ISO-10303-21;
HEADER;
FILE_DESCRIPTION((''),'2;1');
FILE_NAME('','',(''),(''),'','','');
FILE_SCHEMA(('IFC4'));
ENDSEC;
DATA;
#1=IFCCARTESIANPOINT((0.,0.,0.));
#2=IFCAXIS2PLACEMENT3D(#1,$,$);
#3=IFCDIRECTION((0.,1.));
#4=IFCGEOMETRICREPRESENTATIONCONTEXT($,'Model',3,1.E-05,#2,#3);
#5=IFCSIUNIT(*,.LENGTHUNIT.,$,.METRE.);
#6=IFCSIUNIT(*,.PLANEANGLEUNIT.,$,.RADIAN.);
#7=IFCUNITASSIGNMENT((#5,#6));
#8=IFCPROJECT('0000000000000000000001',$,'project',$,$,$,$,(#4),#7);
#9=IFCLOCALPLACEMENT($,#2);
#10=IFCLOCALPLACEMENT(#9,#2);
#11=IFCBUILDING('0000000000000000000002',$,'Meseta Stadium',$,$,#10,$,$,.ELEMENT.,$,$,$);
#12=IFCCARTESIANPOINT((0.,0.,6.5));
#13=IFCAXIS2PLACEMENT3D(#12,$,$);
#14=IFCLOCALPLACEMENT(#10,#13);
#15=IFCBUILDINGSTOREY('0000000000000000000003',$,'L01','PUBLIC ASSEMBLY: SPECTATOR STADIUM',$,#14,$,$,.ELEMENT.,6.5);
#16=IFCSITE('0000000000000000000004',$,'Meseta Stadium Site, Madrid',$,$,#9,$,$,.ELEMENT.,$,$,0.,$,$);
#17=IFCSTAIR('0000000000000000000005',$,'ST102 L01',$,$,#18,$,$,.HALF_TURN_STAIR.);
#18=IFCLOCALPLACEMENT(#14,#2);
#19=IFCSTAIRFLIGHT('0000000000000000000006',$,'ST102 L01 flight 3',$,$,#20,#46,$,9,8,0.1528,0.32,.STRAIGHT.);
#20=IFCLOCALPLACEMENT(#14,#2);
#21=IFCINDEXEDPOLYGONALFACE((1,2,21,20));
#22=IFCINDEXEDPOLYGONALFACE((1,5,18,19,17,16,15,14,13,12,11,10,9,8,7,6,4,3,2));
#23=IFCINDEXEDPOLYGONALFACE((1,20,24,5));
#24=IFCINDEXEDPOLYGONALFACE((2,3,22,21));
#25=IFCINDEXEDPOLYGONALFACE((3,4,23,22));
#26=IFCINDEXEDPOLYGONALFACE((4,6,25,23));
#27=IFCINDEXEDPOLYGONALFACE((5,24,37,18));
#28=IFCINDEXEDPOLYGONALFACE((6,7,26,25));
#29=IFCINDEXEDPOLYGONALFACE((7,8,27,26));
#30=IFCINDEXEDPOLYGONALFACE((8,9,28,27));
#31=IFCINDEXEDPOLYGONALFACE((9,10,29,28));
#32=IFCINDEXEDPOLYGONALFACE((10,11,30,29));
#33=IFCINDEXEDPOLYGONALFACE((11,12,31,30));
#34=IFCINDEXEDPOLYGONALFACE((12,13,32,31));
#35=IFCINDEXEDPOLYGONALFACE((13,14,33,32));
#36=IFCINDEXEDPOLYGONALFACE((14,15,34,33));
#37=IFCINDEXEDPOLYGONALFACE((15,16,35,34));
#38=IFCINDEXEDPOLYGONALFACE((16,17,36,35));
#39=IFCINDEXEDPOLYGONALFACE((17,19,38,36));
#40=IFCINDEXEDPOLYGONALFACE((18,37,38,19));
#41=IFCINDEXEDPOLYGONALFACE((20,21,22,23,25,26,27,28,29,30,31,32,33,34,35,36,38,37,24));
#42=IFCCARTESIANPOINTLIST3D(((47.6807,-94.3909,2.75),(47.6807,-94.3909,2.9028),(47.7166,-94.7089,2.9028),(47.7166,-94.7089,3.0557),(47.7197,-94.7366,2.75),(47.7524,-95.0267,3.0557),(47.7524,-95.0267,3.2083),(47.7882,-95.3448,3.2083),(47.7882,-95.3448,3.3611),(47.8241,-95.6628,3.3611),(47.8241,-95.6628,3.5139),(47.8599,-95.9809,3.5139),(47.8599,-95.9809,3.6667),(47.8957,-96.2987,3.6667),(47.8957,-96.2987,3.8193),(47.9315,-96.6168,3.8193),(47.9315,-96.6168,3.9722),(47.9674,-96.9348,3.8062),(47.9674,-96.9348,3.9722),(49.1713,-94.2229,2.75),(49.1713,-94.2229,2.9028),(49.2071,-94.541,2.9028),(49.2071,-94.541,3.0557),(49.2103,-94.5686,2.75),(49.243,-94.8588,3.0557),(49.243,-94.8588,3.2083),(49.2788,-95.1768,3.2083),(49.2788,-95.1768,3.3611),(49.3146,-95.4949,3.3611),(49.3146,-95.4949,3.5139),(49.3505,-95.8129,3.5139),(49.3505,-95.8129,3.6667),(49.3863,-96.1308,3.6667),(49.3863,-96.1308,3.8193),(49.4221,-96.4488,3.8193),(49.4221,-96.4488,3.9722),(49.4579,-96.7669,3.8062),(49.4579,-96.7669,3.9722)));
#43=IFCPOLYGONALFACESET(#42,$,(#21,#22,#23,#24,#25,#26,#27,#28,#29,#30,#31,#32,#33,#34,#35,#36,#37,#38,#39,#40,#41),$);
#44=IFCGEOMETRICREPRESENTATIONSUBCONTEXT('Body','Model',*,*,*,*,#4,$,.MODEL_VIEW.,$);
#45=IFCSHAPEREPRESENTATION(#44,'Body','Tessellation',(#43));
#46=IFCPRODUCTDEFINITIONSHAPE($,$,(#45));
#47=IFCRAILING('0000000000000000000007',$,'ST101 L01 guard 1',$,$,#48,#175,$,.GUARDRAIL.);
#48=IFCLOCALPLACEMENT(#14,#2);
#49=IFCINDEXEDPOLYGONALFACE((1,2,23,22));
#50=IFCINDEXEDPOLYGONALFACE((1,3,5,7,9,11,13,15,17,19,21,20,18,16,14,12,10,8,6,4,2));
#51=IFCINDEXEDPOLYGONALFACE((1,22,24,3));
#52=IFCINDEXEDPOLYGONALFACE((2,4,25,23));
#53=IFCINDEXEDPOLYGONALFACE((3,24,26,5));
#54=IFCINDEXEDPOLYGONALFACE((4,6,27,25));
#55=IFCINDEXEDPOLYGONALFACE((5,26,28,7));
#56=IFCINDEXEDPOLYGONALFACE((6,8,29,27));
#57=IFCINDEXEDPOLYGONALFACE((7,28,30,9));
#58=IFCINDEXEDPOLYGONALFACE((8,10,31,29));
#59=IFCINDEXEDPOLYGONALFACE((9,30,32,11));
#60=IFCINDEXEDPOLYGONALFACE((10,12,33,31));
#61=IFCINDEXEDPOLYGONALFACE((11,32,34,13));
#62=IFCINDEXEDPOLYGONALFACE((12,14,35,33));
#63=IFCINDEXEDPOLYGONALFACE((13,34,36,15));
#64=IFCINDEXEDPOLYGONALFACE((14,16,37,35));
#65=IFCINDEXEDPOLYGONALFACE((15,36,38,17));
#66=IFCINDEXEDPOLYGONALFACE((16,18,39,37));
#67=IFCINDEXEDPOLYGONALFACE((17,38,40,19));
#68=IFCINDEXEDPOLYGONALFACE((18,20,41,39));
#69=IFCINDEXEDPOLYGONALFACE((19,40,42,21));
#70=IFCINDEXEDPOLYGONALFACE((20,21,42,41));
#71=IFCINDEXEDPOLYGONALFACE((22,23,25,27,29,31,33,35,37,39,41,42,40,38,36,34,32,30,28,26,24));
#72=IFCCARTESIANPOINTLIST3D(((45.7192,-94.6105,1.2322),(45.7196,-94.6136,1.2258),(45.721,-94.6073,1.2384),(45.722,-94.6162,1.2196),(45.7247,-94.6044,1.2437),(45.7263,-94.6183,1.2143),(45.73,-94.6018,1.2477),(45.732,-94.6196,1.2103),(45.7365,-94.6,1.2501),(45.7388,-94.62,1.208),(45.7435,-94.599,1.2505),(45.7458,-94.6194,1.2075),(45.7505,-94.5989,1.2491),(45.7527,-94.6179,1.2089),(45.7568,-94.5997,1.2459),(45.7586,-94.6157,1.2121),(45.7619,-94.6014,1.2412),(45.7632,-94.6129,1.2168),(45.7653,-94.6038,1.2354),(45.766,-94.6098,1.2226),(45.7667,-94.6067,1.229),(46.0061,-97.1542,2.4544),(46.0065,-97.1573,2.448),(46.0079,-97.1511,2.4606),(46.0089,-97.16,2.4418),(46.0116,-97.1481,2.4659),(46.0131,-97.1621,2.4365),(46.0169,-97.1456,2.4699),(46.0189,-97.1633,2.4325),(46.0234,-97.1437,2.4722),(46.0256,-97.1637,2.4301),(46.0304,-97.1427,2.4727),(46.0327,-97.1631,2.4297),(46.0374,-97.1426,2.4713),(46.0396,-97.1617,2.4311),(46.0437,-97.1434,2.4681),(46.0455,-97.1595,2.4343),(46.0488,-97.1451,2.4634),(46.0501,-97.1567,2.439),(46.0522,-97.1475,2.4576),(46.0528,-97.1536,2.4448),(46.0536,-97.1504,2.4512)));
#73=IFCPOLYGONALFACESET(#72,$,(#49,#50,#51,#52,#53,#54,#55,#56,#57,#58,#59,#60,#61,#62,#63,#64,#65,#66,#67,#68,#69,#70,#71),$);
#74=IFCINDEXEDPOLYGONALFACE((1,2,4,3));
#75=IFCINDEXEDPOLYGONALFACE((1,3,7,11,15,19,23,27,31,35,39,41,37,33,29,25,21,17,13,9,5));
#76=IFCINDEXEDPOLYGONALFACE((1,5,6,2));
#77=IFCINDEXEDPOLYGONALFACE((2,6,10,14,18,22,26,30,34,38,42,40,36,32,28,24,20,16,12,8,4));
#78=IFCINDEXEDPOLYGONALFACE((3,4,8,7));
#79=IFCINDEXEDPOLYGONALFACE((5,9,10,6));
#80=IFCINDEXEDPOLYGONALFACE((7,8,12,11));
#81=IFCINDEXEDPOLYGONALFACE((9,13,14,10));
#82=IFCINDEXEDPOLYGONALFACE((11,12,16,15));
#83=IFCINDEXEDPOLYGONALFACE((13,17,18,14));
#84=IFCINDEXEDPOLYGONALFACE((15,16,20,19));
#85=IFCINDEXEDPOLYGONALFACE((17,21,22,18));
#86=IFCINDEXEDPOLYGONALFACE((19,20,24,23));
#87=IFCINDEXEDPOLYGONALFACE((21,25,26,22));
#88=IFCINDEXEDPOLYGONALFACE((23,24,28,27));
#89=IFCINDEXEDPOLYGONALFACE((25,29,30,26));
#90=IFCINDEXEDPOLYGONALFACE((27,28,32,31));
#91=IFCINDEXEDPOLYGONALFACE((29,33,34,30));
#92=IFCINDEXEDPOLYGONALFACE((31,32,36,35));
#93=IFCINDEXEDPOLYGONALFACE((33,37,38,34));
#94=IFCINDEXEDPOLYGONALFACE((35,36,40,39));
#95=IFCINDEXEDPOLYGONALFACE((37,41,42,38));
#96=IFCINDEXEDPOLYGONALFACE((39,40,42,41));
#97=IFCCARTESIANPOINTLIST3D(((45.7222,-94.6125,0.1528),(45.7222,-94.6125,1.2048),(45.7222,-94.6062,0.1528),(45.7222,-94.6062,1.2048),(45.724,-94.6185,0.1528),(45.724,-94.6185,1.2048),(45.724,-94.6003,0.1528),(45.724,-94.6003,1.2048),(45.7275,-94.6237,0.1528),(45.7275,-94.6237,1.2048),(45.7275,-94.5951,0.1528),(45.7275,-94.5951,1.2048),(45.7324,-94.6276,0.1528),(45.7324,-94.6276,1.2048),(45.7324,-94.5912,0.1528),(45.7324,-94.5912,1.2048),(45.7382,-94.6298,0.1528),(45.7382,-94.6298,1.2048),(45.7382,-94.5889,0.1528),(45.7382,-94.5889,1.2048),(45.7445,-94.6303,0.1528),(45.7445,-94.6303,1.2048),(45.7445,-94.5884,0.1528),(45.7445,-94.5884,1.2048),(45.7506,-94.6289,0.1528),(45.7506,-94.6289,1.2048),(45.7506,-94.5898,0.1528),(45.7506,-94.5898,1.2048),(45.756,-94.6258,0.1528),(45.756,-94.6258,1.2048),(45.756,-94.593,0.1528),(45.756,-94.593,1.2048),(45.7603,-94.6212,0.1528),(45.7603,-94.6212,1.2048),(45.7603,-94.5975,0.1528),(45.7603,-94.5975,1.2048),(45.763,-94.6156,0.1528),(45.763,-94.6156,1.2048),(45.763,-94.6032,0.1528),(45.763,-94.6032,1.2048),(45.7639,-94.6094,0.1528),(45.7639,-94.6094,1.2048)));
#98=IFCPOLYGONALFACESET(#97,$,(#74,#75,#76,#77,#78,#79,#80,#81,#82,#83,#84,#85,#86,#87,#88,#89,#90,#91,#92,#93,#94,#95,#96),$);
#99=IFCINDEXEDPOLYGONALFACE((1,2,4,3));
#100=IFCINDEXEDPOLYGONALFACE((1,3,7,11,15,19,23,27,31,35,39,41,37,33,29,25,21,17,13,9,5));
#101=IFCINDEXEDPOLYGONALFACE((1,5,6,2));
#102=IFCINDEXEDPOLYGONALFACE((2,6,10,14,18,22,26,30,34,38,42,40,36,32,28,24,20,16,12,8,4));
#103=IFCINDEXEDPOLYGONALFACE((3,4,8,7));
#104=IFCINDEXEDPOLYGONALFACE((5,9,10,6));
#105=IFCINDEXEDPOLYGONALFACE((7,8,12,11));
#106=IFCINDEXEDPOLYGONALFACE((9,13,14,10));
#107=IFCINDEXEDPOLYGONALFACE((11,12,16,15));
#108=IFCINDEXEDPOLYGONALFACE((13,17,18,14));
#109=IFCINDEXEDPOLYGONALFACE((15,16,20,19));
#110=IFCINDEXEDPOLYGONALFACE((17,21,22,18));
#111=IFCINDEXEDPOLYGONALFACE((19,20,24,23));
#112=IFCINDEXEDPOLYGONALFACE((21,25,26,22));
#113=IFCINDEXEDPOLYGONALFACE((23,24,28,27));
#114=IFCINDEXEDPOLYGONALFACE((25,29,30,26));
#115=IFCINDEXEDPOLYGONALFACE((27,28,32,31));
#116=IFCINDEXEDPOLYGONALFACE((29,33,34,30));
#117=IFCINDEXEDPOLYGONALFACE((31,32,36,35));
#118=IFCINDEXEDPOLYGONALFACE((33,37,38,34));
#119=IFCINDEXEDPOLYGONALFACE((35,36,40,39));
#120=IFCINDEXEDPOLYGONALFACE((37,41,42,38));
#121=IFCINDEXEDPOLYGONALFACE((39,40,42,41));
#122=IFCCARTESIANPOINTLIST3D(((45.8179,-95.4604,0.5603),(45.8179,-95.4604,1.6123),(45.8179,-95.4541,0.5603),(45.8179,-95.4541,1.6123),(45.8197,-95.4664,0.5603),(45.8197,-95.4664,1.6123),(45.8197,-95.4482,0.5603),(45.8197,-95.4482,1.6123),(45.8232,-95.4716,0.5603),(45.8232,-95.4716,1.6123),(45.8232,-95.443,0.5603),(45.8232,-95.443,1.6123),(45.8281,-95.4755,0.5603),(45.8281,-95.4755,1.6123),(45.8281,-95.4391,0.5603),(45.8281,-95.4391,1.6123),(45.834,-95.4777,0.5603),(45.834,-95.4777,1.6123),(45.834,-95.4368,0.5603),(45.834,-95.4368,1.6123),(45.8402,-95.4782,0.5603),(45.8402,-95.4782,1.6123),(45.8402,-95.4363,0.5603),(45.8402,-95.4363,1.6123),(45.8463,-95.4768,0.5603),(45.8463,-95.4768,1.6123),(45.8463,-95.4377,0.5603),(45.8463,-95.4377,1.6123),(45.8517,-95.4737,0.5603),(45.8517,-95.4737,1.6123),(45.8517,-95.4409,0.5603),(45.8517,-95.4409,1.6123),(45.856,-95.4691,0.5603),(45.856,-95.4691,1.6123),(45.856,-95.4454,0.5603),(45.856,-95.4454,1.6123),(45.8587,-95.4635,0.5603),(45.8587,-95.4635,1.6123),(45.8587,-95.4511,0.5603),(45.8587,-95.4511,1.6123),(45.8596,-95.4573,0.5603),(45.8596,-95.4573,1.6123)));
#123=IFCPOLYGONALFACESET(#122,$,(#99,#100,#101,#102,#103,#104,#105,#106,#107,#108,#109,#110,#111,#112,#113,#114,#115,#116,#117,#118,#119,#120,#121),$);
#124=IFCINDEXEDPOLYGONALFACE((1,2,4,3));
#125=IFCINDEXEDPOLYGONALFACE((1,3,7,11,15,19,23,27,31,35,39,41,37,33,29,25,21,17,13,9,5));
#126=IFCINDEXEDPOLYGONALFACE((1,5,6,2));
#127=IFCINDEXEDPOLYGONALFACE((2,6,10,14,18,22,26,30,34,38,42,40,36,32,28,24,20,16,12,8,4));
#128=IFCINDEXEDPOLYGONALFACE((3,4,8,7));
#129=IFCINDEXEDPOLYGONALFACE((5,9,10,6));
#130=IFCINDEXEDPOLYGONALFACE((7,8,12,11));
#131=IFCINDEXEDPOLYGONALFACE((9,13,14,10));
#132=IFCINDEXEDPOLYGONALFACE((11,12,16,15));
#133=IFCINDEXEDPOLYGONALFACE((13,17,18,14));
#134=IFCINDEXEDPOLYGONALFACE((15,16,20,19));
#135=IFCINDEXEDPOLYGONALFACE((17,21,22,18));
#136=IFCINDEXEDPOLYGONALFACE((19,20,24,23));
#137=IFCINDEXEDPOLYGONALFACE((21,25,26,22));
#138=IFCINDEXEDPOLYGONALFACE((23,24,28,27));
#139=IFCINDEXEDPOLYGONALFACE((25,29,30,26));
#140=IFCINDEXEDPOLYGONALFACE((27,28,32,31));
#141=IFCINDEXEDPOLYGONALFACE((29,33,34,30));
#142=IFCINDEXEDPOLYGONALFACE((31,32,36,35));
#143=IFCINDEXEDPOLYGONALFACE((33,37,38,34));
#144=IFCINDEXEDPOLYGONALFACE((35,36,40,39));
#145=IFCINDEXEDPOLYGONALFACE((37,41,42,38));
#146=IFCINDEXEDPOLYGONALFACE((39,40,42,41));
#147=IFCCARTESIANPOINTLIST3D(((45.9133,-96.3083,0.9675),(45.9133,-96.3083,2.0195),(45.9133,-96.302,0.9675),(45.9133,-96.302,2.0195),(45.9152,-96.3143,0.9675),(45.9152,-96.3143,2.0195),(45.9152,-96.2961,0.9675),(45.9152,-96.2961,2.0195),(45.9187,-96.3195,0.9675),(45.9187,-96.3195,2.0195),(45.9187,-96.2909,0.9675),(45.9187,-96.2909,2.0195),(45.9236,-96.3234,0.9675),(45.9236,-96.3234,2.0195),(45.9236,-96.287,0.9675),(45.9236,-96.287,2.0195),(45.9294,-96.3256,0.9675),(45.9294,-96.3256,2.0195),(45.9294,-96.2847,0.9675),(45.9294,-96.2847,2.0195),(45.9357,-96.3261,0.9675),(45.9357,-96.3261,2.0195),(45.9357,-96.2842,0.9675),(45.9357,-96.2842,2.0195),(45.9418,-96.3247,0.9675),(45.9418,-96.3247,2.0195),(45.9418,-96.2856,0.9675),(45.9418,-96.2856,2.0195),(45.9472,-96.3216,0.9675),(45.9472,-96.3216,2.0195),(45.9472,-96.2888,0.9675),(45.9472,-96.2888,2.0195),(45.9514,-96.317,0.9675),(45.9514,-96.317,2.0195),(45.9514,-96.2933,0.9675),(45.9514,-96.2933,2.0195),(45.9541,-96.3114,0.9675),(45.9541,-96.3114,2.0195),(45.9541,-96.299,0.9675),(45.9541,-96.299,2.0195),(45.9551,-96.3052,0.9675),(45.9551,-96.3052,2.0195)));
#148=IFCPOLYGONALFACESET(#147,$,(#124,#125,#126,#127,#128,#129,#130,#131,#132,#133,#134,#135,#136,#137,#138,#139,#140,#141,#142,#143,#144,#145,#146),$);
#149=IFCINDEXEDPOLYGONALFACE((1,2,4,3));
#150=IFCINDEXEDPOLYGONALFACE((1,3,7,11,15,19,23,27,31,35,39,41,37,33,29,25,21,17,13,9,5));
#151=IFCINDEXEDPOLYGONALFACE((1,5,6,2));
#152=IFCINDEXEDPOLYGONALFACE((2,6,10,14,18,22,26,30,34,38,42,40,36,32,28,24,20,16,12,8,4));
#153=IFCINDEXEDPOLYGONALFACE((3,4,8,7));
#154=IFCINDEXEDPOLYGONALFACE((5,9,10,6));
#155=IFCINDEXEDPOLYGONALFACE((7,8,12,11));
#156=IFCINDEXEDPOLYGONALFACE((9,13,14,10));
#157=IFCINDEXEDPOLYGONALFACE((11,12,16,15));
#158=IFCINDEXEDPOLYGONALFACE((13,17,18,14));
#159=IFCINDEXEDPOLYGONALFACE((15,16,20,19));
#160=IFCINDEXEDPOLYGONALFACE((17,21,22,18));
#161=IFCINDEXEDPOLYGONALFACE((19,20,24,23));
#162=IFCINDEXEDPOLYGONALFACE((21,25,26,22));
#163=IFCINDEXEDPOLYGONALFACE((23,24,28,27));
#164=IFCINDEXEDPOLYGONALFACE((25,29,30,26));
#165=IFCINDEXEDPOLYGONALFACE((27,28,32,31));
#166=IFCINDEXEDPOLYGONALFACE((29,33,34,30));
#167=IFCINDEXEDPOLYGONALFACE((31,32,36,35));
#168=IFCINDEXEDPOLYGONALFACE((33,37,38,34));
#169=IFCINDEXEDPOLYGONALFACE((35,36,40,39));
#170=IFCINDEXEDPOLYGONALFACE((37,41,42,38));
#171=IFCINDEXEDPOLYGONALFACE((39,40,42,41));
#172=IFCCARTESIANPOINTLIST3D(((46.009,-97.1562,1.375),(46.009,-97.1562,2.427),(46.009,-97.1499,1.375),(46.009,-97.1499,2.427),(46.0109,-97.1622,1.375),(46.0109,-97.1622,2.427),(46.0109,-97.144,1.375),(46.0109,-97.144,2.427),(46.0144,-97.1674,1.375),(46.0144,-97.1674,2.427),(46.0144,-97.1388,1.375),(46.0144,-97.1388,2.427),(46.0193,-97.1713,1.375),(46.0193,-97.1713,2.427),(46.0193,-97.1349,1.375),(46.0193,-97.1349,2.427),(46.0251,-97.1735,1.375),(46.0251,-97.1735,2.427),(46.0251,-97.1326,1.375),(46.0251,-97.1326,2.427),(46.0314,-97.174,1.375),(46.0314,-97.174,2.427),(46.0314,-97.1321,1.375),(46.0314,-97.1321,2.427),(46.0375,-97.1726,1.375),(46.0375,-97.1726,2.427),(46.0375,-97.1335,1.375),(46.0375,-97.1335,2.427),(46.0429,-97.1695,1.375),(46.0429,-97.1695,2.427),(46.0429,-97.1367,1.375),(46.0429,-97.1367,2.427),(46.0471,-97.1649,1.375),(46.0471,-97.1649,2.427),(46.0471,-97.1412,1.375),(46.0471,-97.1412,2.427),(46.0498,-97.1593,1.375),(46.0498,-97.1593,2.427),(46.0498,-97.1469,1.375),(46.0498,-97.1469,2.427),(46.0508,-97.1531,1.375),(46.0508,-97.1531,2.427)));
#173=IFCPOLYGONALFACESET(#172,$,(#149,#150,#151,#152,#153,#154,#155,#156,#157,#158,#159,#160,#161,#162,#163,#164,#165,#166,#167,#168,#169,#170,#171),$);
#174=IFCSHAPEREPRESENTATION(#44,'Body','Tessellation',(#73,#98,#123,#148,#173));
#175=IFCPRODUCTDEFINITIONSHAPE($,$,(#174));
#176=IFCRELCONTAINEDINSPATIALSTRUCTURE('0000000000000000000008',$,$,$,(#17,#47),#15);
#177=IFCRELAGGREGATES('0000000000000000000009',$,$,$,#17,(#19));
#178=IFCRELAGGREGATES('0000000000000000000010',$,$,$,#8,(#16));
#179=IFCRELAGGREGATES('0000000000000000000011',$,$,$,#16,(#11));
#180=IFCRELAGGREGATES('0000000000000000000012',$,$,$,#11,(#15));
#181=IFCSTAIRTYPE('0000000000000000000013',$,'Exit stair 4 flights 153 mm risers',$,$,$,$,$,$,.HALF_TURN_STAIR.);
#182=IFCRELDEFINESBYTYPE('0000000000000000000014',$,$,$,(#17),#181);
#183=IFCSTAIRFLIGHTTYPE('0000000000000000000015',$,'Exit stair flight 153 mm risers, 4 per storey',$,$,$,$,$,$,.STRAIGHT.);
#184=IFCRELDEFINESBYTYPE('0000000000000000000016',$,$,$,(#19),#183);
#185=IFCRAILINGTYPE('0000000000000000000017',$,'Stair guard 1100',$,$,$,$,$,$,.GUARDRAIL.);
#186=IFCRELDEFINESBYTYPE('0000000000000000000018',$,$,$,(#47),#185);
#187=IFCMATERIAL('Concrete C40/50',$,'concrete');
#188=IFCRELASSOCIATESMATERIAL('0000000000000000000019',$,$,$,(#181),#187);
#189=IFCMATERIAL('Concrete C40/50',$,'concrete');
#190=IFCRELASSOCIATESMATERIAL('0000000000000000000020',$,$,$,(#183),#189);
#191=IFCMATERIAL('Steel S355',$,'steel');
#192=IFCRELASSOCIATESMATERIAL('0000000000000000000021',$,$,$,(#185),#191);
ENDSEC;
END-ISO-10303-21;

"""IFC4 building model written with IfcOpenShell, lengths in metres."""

from ifc_helpers import new_model, si_unit, direction, frame, origin, origin_2d, place, context, subcontext, project, spatial, polyline, circle, outline, extrude, material, type_object, element, aggregate, save


model = new_model("IFC4")

# Units and contexts
model_context = context("Model", 3, precision=1e-05, world=origin(), true_north=direction((0.0, 1.0)))
body_context = subcontext(model_context, "Body", "Model", "MODEL_VIEW")
ifc_project = project(units=[si_unit("LENGTHUNIT", "METRE"), si_unit("PLANEANGLEUNIT", "RADIAN")], contexts=[model_context])

# Site, building, storey
site_placement = place(None, origin())
site = spatial("IfcSite", under=ifc_project, at=site_placement, Name="Meseta Stadium Site, Madrid", CompositionType="ELEMENT", RefElevation=0.0)
building_placement = place(site_placement, origin())
building = spatial("IfcBuilding", under=site, at=building_placement, Name="Meseta Stadium", CompositionType="ELEMENT")
storey_placement = place(building_placement, frame((0.0, 0.0, 6.5)))
storey = spatial("IfcBuildingStorey", under=building, at=storey_placement, Name="L01", Description="PUBLIC ASSEMBLY: SPECTATOR STADIUM", CompositionType="ELEMENT", Elevation=6.5)

# Stair, stair flight
ifc_material_1 = material(Name="Concrete C40/50", Category="concrete")
stair_type = type_object("IfcStairType", Name="Exit stair 4 flights 153 mm risers", PredefinedType="HALF_TURN_STAIR", material=ifc_material_1)
ifc_material_2 = material(Name="Concrete C40/50", Category="concrete")
stair_flight_type = type_object("IfcStairFlightType", Name="Exit stair flight 153 mm risers, 4 per storey", PredefinedType="STRAIGHT", material=ifc_material_2)
stair_1_placement = place(storey_placement, origin())
stair_1 = element("IfcStair", 1, at=stair_1_placement, inside=storey, type_object=stair_type, Name="ST102 L01", PredefinedType="HALF_TURN_STAIR")
stair_flight_1_placement = place(storey_placement, frame((48.426, -94.3069, 2.75), z_axis=(0.0, 0.0, 1.0), x_axis=(0.111964, -0.993712, 0.0)))
stair_flight_1 = element("IfcStairFlight", 2, at=stair_flight_1_placement, type_object=stair_flight_type, Name="ST102 L01 flight 3", NumberOfRisers=9, NumberOfTreads=8, PredefinedType="STRAIGHT", RiserHeight=0.1528, TreadLength=0.32, context=body_context, shape_type="SweptSolid", body=[
    extrude(outline(polyline([(0.0, 0.0), (0.0, 0.1528), (0.3201, 0.1528), (0.3201, 0.3057), (0.6399, 0.3057), (0.6399, 0.4583), (0.96, 0.4583), (0.96, 0.6111), (1.28, 0.6111), (1.28, 0.7639), (1.6001, 0.7639), (1.6001, 0.9167), (1.9199, 0.9167), (1.9199, 1.0693), (2.24, 1.0693), (2.24, 1.2222), (2.5601, 1.2222), (2.5601, 1.0562), (0.3479, 0.0), (0.0, 0.0)])), frame((0.0, 0.75, 0.0), z_axis=(0.0, -1.0, 0.0), x_axis=(1.0, 0.0, 0.0)), (0.0, 0.0, 1.0), 1.5),
])
aggregate(stair_1, [stair_flight_1])

# Railing
ifc_material_3 = material(Name="Steel S355", Category="steel")
railing_type_1 = type_object("IfcRailingType", Name="Stair guard 1100", PredefinedType="GUARDRAIL", material=ifc_material_3)
railing_1_placement = place(storey_placement, frame((45.7429, -94.6094, 0.1528)))
element("IfcRailing", 3, at=railing_1_placement, inside=storey, type_object=railing_type_1, Name="ST101 L01 guard 1", PredefinedType="GUARDRAIL", context=body_context, shape_type="SweptSolid", body=[
    extrude(circle(Radius=0.0239, at=origin_2d()), frame((0.0, 0.0, 1.0762), z_axis=(0.101129, -0.896737, 0.430854), x_axis=(0.993701, 0.112064, 0.0)), (0.0, 0.0, 1.0), 2.8367),
    extrude(circle(Radius=0.021, at=origin_2d()), origin(), (0.0, 0.0, 1.0), 1.052),
    extrude(circle(Radius=0.021, at=origin_2d()), frame((0.0957, -0.8479, 0.4075)), (0.0, 0.0, 1.0), 1.052),
    extrude(circle(Radius=0.021, at=origin_2d()), frame((0.1912, -1.6958, 0.8147)), (0.0, 0.0, 1.0), 1.052),
    extrude(circle(Radius=0.021, at=origin_2d()), frame((0.2869, -2.5437, 1.2222)), (0.0, 0.0, 1.0), 1.052),
])

save(model, "model.ifc")
